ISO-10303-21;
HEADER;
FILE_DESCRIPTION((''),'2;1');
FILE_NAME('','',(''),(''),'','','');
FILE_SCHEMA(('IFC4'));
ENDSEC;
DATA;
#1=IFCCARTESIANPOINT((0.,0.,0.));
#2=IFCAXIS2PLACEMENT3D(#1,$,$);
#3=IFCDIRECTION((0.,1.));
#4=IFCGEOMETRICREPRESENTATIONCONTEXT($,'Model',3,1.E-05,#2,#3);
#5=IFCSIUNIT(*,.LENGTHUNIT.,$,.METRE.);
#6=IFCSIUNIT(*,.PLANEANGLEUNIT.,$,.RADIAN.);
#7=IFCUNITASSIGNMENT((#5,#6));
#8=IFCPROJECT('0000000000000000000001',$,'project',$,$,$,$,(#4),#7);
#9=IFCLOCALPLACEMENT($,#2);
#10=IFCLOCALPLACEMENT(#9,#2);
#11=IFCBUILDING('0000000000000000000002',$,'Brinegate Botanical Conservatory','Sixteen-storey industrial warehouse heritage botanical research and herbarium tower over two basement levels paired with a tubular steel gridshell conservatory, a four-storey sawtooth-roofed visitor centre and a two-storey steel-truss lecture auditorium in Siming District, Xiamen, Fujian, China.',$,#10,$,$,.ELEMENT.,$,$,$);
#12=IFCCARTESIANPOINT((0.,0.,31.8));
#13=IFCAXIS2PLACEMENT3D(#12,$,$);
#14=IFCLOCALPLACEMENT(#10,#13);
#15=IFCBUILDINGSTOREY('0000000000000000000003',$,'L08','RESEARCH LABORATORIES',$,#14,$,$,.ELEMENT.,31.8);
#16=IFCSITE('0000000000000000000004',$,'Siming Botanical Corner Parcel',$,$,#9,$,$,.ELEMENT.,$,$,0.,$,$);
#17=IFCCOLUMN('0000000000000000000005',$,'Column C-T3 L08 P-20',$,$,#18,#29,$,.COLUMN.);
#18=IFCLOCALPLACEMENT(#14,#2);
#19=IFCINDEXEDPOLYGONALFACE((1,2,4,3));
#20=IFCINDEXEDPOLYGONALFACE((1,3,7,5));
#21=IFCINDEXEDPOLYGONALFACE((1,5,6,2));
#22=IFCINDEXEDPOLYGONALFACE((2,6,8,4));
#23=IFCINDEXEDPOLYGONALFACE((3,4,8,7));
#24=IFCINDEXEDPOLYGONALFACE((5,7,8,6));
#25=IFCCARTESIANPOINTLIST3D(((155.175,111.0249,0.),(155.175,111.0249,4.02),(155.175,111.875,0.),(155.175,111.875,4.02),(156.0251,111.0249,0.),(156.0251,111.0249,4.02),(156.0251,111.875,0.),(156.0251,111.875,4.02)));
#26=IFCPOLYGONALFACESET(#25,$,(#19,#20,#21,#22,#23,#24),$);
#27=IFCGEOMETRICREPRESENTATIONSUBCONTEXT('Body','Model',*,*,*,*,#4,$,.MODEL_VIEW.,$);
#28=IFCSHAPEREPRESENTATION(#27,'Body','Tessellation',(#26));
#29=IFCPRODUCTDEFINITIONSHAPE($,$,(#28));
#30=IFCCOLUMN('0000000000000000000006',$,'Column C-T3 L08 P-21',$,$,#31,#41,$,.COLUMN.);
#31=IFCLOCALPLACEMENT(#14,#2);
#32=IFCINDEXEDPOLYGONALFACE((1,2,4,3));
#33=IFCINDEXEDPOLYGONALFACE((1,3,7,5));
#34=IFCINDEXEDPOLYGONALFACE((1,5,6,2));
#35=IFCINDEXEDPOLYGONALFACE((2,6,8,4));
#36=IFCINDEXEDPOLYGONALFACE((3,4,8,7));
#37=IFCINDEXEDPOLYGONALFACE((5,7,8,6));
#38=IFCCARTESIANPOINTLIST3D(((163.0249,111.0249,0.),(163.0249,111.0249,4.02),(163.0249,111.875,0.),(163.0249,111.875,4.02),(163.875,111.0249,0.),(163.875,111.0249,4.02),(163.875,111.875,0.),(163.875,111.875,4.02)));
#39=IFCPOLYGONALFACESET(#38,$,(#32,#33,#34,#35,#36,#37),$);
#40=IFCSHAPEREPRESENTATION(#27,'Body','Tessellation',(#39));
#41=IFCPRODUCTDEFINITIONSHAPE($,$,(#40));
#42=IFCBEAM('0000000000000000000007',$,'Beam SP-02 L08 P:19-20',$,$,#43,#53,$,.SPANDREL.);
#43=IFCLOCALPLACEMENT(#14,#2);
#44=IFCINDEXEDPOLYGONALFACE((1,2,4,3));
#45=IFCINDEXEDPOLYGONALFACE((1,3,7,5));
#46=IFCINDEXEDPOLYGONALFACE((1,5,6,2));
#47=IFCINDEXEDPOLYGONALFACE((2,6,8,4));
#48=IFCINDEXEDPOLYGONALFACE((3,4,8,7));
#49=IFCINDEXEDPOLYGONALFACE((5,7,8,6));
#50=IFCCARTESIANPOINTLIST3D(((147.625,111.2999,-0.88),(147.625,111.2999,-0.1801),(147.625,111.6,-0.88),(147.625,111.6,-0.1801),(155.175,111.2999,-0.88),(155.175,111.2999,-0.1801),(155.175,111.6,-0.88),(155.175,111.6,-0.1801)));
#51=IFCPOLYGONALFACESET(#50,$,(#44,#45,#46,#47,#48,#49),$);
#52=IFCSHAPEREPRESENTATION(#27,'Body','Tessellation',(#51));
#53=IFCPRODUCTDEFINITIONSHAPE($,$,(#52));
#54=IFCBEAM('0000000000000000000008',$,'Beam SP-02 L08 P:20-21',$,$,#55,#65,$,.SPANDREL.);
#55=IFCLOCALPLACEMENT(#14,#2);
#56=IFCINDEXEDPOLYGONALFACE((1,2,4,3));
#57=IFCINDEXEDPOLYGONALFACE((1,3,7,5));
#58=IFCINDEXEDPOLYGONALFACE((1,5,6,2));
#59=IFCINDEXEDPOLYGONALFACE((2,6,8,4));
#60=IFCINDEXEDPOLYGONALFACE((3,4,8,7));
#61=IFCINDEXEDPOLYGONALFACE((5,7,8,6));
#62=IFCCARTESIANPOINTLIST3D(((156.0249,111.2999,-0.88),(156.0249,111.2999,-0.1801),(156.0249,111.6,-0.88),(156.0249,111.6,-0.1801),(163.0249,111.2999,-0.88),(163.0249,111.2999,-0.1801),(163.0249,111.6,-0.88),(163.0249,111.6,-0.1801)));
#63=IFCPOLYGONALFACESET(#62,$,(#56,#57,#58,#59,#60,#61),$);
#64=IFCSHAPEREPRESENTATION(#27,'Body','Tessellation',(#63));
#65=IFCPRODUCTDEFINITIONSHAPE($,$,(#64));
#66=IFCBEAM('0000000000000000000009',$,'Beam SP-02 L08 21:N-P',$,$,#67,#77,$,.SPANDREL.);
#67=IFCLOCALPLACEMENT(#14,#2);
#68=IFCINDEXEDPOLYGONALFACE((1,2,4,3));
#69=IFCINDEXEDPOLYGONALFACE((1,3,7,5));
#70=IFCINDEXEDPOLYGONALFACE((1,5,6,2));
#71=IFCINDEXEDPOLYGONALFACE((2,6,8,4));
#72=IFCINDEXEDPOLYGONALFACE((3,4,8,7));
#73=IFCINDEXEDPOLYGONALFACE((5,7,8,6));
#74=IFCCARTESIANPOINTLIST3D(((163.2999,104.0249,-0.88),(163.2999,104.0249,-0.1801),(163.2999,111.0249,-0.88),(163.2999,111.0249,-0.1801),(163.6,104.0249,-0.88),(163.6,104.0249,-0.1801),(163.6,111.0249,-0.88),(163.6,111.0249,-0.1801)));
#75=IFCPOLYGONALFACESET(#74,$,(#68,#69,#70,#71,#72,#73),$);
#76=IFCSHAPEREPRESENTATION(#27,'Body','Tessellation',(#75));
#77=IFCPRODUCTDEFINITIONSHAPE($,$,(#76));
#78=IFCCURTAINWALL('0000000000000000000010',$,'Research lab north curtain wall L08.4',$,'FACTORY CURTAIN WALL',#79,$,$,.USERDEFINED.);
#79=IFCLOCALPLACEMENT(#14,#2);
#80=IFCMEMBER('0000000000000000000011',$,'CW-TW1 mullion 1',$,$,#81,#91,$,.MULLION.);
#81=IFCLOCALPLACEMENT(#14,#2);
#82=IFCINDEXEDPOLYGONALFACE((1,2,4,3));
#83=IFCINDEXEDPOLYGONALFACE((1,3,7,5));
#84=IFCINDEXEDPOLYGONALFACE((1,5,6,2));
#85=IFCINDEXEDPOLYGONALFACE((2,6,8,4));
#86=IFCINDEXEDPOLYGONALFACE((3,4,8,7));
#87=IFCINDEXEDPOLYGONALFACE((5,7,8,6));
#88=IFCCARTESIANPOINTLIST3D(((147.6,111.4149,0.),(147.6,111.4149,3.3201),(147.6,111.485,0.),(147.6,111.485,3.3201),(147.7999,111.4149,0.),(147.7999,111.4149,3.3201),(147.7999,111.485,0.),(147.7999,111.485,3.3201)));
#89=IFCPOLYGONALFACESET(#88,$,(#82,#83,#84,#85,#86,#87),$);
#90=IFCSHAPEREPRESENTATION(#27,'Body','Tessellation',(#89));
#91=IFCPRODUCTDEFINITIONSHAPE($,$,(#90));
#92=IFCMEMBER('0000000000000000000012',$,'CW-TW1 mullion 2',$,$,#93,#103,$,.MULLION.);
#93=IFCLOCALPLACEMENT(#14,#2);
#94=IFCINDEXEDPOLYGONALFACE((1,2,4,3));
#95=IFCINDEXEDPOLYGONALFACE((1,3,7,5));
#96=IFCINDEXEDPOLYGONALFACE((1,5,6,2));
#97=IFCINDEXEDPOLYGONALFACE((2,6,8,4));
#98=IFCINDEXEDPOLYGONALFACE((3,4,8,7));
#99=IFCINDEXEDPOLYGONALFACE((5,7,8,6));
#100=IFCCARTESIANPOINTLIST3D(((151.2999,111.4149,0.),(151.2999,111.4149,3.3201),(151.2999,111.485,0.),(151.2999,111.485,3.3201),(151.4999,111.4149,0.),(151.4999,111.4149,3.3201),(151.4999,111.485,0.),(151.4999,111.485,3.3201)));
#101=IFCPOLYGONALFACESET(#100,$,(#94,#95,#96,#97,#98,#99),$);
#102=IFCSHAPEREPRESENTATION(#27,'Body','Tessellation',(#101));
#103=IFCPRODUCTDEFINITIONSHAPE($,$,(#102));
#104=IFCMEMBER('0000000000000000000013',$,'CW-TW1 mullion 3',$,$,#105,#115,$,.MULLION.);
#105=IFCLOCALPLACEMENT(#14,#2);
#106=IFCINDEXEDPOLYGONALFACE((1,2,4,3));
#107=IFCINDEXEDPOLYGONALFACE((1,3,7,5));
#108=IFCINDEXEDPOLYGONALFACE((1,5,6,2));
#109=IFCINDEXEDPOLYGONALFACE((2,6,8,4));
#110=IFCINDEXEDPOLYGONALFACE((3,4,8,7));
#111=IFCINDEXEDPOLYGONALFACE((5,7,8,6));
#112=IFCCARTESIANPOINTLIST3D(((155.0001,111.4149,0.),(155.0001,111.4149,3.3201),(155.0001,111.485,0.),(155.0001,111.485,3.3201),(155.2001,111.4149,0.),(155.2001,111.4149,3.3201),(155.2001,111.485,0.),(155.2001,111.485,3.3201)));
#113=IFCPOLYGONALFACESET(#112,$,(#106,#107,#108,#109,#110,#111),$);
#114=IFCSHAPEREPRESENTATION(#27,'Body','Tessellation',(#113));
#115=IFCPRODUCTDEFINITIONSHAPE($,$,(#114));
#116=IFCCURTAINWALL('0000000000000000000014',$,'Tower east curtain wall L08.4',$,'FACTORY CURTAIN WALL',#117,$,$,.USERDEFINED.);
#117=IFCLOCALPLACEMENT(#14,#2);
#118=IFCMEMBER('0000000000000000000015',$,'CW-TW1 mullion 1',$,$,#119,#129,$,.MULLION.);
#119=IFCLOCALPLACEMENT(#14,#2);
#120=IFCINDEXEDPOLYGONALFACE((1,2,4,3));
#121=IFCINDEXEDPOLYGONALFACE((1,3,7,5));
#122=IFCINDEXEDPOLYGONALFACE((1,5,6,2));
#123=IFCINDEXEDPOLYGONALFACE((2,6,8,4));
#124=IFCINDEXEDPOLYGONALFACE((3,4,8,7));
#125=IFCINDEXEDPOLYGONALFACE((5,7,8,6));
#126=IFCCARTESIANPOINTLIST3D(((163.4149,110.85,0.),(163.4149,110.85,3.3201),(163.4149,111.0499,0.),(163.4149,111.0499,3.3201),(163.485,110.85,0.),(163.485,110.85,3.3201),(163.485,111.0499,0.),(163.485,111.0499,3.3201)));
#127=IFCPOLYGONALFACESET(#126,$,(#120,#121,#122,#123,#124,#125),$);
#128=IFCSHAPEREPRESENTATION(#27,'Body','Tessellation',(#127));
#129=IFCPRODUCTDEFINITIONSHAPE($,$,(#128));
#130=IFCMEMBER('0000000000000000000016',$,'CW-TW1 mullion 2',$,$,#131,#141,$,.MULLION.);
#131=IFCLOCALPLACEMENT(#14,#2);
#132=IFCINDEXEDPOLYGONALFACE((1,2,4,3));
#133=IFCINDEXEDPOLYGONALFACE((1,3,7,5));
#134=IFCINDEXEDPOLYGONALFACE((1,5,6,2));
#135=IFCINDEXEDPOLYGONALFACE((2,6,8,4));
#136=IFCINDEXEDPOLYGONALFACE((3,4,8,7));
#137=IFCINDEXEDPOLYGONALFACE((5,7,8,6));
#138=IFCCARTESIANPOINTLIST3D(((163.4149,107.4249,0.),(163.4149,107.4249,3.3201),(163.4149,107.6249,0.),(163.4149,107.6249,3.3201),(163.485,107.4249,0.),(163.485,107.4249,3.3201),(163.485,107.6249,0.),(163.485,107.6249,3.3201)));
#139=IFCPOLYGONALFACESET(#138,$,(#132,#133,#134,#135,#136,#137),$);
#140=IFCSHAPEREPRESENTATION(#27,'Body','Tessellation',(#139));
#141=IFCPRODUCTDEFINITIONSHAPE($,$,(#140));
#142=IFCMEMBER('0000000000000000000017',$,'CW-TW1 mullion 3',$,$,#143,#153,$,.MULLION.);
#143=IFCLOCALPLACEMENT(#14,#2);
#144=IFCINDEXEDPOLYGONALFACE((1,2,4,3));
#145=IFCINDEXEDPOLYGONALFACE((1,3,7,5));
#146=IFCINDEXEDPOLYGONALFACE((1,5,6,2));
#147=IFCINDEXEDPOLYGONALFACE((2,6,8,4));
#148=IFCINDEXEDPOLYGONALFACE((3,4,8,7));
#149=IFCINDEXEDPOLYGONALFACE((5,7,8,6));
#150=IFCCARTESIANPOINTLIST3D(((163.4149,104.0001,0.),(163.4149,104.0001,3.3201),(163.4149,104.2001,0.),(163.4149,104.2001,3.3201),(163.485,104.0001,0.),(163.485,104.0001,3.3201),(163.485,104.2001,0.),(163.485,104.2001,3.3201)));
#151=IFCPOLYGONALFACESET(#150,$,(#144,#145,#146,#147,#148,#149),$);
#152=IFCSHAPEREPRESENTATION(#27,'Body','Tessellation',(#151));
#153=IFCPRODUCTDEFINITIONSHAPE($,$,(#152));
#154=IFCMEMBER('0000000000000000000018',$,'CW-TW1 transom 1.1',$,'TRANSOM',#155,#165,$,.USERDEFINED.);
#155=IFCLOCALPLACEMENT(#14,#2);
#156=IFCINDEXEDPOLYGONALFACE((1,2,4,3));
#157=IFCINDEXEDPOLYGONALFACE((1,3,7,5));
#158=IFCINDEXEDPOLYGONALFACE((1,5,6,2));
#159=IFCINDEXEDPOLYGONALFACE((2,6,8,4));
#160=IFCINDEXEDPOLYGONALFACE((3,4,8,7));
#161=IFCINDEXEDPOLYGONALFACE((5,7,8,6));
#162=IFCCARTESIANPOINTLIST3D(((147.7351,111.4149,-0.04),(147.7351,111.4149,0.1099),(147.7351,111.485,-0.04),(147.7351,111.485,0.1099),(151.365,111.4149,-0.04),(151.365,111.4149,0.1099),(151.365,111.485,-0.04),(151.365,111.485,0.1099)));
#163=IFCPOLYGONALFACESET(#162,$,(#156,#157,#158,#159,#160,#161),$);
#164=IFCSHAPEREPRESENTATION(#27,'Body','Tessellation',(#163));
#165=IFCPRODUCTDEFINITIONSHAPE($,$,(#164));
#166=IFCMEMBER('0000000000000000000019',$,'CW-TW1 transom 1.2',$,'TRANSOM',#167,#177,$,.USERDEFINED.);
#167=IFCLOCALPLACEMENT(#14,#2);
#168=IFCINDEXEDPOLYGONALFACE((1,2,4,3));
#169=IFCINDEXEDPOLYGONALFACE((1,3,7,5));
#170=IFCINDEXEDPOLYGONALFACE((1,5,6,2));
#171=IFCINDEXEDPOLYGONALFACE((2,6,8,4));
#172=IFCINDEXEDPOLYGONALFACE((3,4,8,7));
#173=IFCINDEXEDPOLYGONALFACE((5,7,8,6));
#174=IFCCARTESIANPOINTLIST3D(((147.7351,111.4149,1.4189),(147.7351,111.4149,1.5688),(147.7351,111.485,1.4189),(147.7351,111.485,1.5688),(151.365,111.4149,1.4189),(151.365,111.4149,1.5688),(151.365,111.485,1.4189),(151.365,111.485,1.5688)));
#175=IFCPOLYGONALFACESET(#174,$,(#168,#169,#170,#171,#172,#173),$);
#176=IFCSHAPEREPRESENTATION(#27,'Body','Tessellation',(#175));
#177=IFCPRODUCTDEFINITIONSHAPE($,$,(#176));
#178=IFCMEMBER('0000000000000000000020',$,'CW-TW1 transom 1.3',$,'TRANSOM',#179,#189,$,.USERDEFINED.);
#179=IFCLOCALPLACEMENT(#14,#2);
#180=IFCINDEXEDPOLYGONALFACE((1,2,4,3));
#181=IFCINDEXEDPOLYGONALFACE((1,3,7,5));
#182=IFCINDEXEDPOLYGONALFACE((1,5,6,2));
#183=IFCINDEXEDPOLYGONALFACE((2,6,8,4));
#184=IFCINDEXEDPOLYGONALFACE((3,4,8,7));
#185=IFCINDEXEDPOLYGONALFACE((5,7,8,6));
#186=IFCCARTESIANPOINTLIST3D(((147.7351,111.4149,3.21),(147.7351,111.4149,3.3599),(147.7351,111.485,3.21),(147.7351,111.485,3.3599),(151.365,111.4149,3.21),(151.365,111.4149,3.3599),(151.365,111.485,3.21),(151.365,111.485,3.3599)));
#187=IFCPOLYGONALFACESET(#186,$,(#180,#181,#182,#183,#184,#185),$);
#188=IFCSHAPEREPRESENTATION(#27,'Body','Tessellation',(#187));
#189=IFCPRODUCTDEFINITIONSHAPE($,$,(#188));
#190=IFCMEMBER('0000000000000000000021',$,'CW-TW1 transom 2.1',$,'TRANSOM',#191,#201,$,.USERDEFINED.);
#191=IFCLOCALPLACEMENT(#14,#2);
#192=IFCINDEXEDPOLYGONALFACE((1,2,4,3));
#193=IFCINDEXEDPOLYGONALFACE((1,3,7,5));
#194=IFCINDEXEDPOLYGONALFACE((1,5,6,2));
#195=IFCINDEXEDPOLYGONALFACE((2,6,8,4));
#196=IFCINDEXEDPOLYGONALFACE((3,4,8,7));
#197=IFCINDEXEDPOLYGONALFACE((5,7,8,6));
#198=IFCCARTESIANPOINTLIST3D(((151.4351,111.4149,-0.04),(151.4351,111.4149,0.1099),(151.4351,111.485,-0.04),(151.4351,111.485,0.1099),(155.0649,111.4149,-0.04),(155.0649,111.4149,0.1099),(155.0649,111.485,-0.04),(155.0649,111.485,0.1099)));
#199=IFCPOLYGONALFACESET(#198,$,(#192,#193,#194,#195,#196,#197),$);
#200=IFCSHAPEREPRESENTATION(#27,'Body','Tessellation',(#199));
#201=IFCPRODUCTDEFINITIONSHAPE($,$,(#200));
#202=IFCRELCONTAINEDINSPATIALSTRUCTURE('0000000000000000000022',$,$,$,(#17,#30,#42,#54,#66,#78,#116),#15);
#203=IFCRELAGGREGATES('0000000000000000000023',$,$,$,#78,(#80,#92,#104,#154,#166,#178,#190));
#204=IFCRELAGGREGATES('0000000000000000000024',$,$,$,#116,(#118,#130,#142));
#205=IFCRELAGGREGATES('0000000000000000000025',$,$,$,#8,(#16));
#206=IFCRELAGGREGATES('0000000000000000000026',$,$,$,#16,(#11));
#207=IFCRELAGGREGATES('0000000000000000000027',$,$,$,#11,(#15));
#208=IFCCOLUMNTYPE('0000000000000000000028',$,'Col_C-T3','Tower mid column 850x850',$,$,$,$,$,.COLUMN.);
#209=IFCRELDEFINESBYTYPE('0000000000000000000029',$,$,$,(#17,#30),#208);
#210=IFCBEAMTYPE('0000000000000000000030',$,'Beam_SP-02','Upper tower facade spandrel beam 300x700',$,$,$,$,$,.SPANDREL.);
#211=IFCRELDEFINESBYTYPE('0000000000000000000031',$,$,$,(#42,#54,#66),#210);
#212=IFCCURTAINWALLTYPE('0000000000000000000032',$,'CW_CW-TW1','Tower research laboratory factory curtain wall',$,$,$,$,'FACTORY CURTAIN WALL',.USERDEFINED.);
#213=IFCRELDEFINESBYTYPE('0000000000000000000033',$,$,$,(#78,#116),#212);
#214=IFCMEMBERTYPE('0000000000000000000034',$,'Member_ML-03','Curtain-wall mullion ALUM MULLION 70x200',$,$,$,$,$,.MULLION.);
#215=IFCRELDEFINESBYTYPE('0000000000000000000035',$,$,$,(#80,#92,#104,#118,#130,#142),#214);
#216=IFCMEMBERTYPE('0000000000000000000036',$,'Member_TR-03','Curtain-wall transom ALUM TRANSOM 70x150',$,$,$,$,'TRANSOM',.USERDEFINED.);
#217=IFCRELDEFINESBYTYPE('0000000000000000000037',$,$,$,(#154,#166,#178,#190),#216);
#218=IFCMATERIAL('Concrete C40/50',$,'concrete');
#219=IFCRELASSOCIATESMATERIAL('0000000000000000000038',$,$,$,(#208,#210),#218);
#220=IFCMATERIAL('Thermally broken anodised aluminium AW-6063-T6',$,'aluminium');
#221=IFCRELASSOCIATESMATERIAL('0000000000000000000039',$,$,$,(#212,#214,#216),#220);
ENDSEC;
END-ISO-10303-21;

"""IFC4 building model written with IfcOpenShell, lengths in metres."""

from ifc_helpers import new_model, si_unit, direction, frame, origin, origin_2d, place, context, subcontext, project, spatial, rectangle, extrude, material, material_profile, profile_set, type_object, element, aggregate, save


model = new_model("IFC4")

# Units and contexts
model_context = context("Model", 3, precision=1e-05, world=origin(), true_north=direction((0.0, 1.0)))
body_context = subcontext(model_context, "Body", "Model", "MODEL_VIEW")
ifc_project = project(units=[si_unit("LENGTHUNIT", "METRE"), si_unit("PLANEANGLEUNIT", "RADIAN")], contexts=[model_context])

# Site, building, storey
site_placement = place(None, origin())
site = spatial("IfcSite", under=ifc_project, at=site_placement, Name="Siming Botanical Corner Parcel", CompositionType="ELEMENT", RefElevation=0.0)
building_placement = place(site_placement, origin())
building = spatial("IfcBuilding", under=site, at=building_placement, Name="Brinegate Botanical Conservatory", Description="Sixteen-storey industrial warehouse heritage botanical research and herbarium tower over two basement levels paired with a tubular steel gridshell conservatory, a four-storey sawtooth-roofed visitor centre and a two-storey steel-truss lecture auditorium in Siming District, Xiamen, Fujian, China.", CompositionType="ELEMENT")
storey_placement = place(building_placement, frame((0.0, 0.0, 31.8)))
storey = spatial("IfcBuildingStorey", under=building, at=storey_placement, Name="L08", Description="RESEARCH LABORATORIES", CompositionType="ELEMENT", Elevation=31.8)

# Columns
ifc_material_1 = material(Name="Concrete C40/50", Category="concrete")
ifc_material_profile_1 = material_profile(ifc_material_1, rectangle(XDim=0.8501, YDim=0.8501, at=origin_2d()), Name="RC COL 850x850")
ifc_profile_set_1 = profile_set([ifc_material_profile_1], Name="Concrete C40/50")
column_type = type_object("IfcColumnType", Name="Col_C-T3", Description="Tower mid column 850x850", PredefinedType="COLUMN", material=ifc_profile_set_1)
for number, where, z_axis, x_axis, name in (
    (1, (155.6001, 111.45, 0.0), (0.0, 0.0, 1.0), (1.0, 0.0, 0.0), "Column C-T3 L08 P-20"),
    (2, (163.45, 111.45, 0.0), (0.0, 0.0, 1.0), (1.0, 0.0, 0.0), "Column C-T3 L08 P-21"),
):
    element("IfcColumn", number, at=place(storey_placement, frame(where, z_axis=z_axis, x_axis=x_axis)), inside=storey, type_object=column_type, Name=name, PredefinedType="COLUMN", context=body_context, shape_type="SweptSolid", body=[
        extrude(rectangle(XDim=0.8501, YDim=0.8501, at=origin_2d()), origin(), (0.0, 0.0, 1.0), 4.02),
    ])

# Beams
ifc_material_profile_2 = material_profile(ifc_material_1, rectangle(XDim=0.3, YDim=0.7, at=origin_2d()), Name="RC SPN 300x700")
ifc_profile_set_2 = profile_set([ifc_material_profile_2], Name="Concrete C40/50")
beam_type = type_object("IfcBeamType", Name="Beam_SP-02", Description="Upper tower facade spandrel beam 300x700", PredefinedType="SPANDREL", material=ifc_profile_set_2)
beam_placement = place(storey_placement, frame((147.625, 111.45, -0.53), z_axis=(1.0, 0.0, 0.0), x_axis=(0.0, 1.0, 0.0)))
element("IfcBeam", 3, at=beam_placement, inside=storey, type_object=beam_type, Name="Beam SP-02 L08 P:19-20", PredefinedType="SPANDREL", context=body_context, shape_type="SweptSolid", body=[
    extrude(rectangle(XDim=0.3, YDim=0.7, at=origin_2d()), origin(), (0.0, 0.0, 1.0), 7.55),
])
for number, where, z_axis, x_axis, name in (
    (4, (156.0249, 111.45, -0.53), (1.0, 0.0, 0.0), (0.0, 1.0, 0.0), "Beam SP-02 L08 P:20-21"),
    (5, (163.45, 104.0249, -0.53), (0.0, 1.0, 0.0), (-1.0, 0.0, 0.0), "Beam SP-02 L08 21:N-P"),
):
    element("IfcBeam", number, at=place(storey_placement, frame(where, z_axis=z_axis, x_axis=x_axis)), inside=storey, type_object=beam_type, Name=name, PredefinedType="SPANDREL", context=body_context, shape_type="SweptSolid", body=[
        extrude(rectangle(XDim=0.3, YDim=0.7, at=origin_2d()), origin(), (0.0, 0.0, 1.0), 7.0),
    ])

# Curtain walls, members
ifc_material_2 = material(Name="Thermally broken anodised aluminium AW-6063-T6", Category="aluminium")
curtain_wall_type = type_object("IfcCurtainWallType", Name="CW_CW-TW1", Description="Tower research laboratory factory curtain wall", ElementType="FACTORY CURTAIN WALL", PredefinedType="USERDEFINED", material=ifc_material_2)
curtain_wall_1_placement = place(storey_placement, origin())
curtain_wall_1 = element("IfcCurtainWall", 6, at=curtain_wall_1_placement, inside=storey, type_object=curtain_wall_type, Name="Research lab north curtain wall L08.4", ObjectType="FACTORY CURTAIN WALL", PredefinedType="USERDEFINED")
ifc_material_profile_3 = material_profile(ifc_material_2, rectangle(XDim=0.0701, YDim=0.2, at=origin_2d()), Name="ALUM MULLION 70x200")
ifc_profile_set_3 = profile_set([ifc_material_profile_3], Name="Thermally broken anodised aluminium AW-6063-T6")
member_type_1 = type_object("IfcMemberType", Name="Member_ML-03", Description="Curtain-wall mullion ALUM MULLION 70x200", PredefinedType="MULLION", material=ifc_profile_set_3)
member_1_placement = place(storey_placement, frame((147.7, 111.45, 0.0), z_axis=(0.0, 0.0, 1.0), x_axis=(0.0, 1.0, 0.0)))
member_1 = element("IfcMember", 7, at=member_1_placement, type_object=member_type_1, Name="CW-TW1 mullion 1", PredefinedType="MULLION", context=body_context, shape_type="SweptSolid", body=[
    extrude(rectangle(XDim=0.0701, YDim=0.2, at=origin_2d()), origin(), (0.0, 0.0, 1.0), 3.3201),
])
member_2_placement = place(storey_placement, frame((151.3999, 111.45, 0.0), z_axis=(0.0, 0.0, 1.0), x_axis=(0.0, 1.0, 0.0)))
member_2 = element("IfcMember", 8, at=member_2_placement, type_object=member_type_1, Name="CW-TW1 mullion 2", PredefinedType="MULLION", context=body_context, shape_type="SweptSolid", body=[
    extrude(rectangle(XDim=0.0701, YDim=0.2, at=origin_2d()), origin(), (0.0, 0.0, 1.0), 3.3201),
])
member_3_placement = place(storey_placement, frame((155.1001, 111.45, 0.0), z_axis=(0.0, 0.0, 1.0), x_axis=(0.0, 1.0, 0.0)))
member_3 = element("IfcMember", 9, at=member_3_placement, type_object=member_type_1, Name="CW-TW1 mullion 3", PredefinedType="MULLION", context=body_context, shape_type="SweptSolid", body=[
    extrude(rectangle(XDim=0.0701, YDim=0.2, at=origin_2d()), origin(), (0.0, 0.0, 1.0), 3.3201),
])
curtain_wall_2_placement = place(storey_placement, origin())
curtain_wall_2 = element("IfcCurtainWall", 10, at=curtain_wall_2_placement, inside=storey, type_object=curtain_wall_type, Name="Tower east curtain wall L08.4", ObjectType="FACTORY CURTAIN WALL", PredefinedType="USERDEFINED")
member_4_placement = place(storey_placement, frame((163.45, 110.95, 0.0), z_axis=(0.0, 0.0, 1.0), x_axis=(1.0, 0.0, 0.0)))
member_4 = element("IfcMember", 11, at=member_4_placement, type_object=member_type_1, Name="CW-TW1 mullion 1", PredefinedType="MULLION", context=body_context, shape_type="SweptSolid", body=[
    extrude(rectangle(XDim=0.0701, YDim=0.2, at=origin_2d()), origin(), (0.0, 0.0, 1.0), 3.3201),
])
member_5_placement = place(storey_placement, frame((163.45, 107.5249, 0.0), z_axis=(0.0, 0.0, 1.0), x_axis=(1.0, 0.0, 0.0)))
member_5 = element("IfcMember", 12, at=member_5_placement, type_object=member_type_1, Name="CW-TW1 mullion 2", PredefinedType="MULLION", context=body_context, shape_type="SweptSolid", body=[
    extrude(rectangle(XDim=0.0701, YDim=0.2, at=origin_2d()), origin(), (0.0, 0.0, 1.0), 3.3201),
])
member_6_placement = place(storey_placement, frame((163.45, 104.1001, 0.0), z_axis=(0.0, 0.0, 1.0), x_axis=(1.0, 0.0, 0.0)))
member_6 = element("IfcMember", 13, at=member_6_placement, type_object=member_type_1, Name="CW-TW1 mullion 3", PredefinedType="MULLION", context=body_context, shape_type="SweptSolid", body=[
    extrude(rectangle(XDim=0.0701, YDim=0.2, at=origin_2d()), origin(), (0.0, 0.0, 1.0), 3.3201),
])

# Members
ifc_material_profile_4 = material_profile(ifc_material_2, rectangle(XDim=0.0701, YDim=0.1499, at=origin_2d()), Name="ALUM TRANSOM 70x150")
ifc_profile_set_4 = profile_set([ifc_material_profile_4], Name="Thermally broken anodised aluminium AW-6063-T6")
member_type_2 = type_object("IfcMemberType", Name="Member_TR-03", Description="Curtain-wall transom ALUM TRANSOM 70x150", ElementType="TRANSOM", PredefinedType="USERDEFINED", material=ifc_profile_set_4)
member_7_placement = place(storey_placement, frame((147.7351, 111.45, 0.0349), z_axis=(1.0, 0.0, 0.0), x_axis=(0.0, 1.0, 0.0)))
member_7 = element("IfcMember", 14, at=member_7_placement, type_object=member_type_2, Name="CW-TW1 transom 1.1", ObjectType="TRANSOM", PredefinedType="USERDEFINED", context=body_context, shape_type="SweptSolid", body=[
    extrude(rectangle(XDim=0.0701, YDim=0.1499, at=origin_2d()), origin(), (0.0, 0.0, 1.0), 3.6299),
])
member_8_placement = place(storey_placement, frame((147.7351, 111.45, 1.4939), z_axis=(1.0, 0.0, 0.0), x_axis=(0.0, 1.0, 0.0)))
member_8 = element("IfcMember", 15, at=member_8_placement, type_object=member_type_2, Name="CW-TW1 transom 1.2", ObjectType="TRANSOM", PredefinedType="USERDEFINED", context=body_context, shape_type="SweptSolid", body=[
    extrude(rectangle(XDim=0.0701, YDim=0.1499, at=origin_2d()), origin(), (0.0, 0.0, 1.0), 3.6299),
])
member_9_placement = place(storey_placement, frame((147.7351, 111.45, 3.2849), z_axis=(1.0, 0.0, 0.0), x_axis=(0.0, 1.0, 0.0)))
member_9 = element("IfcMember", 16, at=member_9_placement, type_object=member_type_2, Name="CW-TW1 transom 1.3", ObjectType="TRANSOM", PredefinedType="USERDEFINED", context=body_context, shape_type="SweptSolid", body=[
    extrude(rectangle(XDim=0.0701, YDim=0.1499, at=origin_2d()), origin(), (0.0, 0.0, 1.0), 3.6299),
])
member_10_placement = place(storey_placement, frame((151.4351, 111.45, 0.0349), z_axis=(1.0, 0.0, 0.0), x_axis=(0.0, 1.0, 0.0)))
member_10 = element("IfcMember", 17, at=member_10_placement, type_object=member_type_2, Name="CW-TW1 transom 2.1", ObjectType="TRANSOM", PredefinedType="USERDEFINED", context=body_context, shape_type="SweptSolid", body=[
    extrude(rectangle(XDim=0.0701, YDim=0.1499, at=origin_2d()), origin(), (0.0, 0.0, 1.0), 3.6299),
])

aggregate(curtain_wall_1, [member_1, member_2, member_3, member_7, member_8, member_9, member_10])
aggregate(curtain_wall_2, [member_4, member_5, member_6])

save(model, "model.ifc")
